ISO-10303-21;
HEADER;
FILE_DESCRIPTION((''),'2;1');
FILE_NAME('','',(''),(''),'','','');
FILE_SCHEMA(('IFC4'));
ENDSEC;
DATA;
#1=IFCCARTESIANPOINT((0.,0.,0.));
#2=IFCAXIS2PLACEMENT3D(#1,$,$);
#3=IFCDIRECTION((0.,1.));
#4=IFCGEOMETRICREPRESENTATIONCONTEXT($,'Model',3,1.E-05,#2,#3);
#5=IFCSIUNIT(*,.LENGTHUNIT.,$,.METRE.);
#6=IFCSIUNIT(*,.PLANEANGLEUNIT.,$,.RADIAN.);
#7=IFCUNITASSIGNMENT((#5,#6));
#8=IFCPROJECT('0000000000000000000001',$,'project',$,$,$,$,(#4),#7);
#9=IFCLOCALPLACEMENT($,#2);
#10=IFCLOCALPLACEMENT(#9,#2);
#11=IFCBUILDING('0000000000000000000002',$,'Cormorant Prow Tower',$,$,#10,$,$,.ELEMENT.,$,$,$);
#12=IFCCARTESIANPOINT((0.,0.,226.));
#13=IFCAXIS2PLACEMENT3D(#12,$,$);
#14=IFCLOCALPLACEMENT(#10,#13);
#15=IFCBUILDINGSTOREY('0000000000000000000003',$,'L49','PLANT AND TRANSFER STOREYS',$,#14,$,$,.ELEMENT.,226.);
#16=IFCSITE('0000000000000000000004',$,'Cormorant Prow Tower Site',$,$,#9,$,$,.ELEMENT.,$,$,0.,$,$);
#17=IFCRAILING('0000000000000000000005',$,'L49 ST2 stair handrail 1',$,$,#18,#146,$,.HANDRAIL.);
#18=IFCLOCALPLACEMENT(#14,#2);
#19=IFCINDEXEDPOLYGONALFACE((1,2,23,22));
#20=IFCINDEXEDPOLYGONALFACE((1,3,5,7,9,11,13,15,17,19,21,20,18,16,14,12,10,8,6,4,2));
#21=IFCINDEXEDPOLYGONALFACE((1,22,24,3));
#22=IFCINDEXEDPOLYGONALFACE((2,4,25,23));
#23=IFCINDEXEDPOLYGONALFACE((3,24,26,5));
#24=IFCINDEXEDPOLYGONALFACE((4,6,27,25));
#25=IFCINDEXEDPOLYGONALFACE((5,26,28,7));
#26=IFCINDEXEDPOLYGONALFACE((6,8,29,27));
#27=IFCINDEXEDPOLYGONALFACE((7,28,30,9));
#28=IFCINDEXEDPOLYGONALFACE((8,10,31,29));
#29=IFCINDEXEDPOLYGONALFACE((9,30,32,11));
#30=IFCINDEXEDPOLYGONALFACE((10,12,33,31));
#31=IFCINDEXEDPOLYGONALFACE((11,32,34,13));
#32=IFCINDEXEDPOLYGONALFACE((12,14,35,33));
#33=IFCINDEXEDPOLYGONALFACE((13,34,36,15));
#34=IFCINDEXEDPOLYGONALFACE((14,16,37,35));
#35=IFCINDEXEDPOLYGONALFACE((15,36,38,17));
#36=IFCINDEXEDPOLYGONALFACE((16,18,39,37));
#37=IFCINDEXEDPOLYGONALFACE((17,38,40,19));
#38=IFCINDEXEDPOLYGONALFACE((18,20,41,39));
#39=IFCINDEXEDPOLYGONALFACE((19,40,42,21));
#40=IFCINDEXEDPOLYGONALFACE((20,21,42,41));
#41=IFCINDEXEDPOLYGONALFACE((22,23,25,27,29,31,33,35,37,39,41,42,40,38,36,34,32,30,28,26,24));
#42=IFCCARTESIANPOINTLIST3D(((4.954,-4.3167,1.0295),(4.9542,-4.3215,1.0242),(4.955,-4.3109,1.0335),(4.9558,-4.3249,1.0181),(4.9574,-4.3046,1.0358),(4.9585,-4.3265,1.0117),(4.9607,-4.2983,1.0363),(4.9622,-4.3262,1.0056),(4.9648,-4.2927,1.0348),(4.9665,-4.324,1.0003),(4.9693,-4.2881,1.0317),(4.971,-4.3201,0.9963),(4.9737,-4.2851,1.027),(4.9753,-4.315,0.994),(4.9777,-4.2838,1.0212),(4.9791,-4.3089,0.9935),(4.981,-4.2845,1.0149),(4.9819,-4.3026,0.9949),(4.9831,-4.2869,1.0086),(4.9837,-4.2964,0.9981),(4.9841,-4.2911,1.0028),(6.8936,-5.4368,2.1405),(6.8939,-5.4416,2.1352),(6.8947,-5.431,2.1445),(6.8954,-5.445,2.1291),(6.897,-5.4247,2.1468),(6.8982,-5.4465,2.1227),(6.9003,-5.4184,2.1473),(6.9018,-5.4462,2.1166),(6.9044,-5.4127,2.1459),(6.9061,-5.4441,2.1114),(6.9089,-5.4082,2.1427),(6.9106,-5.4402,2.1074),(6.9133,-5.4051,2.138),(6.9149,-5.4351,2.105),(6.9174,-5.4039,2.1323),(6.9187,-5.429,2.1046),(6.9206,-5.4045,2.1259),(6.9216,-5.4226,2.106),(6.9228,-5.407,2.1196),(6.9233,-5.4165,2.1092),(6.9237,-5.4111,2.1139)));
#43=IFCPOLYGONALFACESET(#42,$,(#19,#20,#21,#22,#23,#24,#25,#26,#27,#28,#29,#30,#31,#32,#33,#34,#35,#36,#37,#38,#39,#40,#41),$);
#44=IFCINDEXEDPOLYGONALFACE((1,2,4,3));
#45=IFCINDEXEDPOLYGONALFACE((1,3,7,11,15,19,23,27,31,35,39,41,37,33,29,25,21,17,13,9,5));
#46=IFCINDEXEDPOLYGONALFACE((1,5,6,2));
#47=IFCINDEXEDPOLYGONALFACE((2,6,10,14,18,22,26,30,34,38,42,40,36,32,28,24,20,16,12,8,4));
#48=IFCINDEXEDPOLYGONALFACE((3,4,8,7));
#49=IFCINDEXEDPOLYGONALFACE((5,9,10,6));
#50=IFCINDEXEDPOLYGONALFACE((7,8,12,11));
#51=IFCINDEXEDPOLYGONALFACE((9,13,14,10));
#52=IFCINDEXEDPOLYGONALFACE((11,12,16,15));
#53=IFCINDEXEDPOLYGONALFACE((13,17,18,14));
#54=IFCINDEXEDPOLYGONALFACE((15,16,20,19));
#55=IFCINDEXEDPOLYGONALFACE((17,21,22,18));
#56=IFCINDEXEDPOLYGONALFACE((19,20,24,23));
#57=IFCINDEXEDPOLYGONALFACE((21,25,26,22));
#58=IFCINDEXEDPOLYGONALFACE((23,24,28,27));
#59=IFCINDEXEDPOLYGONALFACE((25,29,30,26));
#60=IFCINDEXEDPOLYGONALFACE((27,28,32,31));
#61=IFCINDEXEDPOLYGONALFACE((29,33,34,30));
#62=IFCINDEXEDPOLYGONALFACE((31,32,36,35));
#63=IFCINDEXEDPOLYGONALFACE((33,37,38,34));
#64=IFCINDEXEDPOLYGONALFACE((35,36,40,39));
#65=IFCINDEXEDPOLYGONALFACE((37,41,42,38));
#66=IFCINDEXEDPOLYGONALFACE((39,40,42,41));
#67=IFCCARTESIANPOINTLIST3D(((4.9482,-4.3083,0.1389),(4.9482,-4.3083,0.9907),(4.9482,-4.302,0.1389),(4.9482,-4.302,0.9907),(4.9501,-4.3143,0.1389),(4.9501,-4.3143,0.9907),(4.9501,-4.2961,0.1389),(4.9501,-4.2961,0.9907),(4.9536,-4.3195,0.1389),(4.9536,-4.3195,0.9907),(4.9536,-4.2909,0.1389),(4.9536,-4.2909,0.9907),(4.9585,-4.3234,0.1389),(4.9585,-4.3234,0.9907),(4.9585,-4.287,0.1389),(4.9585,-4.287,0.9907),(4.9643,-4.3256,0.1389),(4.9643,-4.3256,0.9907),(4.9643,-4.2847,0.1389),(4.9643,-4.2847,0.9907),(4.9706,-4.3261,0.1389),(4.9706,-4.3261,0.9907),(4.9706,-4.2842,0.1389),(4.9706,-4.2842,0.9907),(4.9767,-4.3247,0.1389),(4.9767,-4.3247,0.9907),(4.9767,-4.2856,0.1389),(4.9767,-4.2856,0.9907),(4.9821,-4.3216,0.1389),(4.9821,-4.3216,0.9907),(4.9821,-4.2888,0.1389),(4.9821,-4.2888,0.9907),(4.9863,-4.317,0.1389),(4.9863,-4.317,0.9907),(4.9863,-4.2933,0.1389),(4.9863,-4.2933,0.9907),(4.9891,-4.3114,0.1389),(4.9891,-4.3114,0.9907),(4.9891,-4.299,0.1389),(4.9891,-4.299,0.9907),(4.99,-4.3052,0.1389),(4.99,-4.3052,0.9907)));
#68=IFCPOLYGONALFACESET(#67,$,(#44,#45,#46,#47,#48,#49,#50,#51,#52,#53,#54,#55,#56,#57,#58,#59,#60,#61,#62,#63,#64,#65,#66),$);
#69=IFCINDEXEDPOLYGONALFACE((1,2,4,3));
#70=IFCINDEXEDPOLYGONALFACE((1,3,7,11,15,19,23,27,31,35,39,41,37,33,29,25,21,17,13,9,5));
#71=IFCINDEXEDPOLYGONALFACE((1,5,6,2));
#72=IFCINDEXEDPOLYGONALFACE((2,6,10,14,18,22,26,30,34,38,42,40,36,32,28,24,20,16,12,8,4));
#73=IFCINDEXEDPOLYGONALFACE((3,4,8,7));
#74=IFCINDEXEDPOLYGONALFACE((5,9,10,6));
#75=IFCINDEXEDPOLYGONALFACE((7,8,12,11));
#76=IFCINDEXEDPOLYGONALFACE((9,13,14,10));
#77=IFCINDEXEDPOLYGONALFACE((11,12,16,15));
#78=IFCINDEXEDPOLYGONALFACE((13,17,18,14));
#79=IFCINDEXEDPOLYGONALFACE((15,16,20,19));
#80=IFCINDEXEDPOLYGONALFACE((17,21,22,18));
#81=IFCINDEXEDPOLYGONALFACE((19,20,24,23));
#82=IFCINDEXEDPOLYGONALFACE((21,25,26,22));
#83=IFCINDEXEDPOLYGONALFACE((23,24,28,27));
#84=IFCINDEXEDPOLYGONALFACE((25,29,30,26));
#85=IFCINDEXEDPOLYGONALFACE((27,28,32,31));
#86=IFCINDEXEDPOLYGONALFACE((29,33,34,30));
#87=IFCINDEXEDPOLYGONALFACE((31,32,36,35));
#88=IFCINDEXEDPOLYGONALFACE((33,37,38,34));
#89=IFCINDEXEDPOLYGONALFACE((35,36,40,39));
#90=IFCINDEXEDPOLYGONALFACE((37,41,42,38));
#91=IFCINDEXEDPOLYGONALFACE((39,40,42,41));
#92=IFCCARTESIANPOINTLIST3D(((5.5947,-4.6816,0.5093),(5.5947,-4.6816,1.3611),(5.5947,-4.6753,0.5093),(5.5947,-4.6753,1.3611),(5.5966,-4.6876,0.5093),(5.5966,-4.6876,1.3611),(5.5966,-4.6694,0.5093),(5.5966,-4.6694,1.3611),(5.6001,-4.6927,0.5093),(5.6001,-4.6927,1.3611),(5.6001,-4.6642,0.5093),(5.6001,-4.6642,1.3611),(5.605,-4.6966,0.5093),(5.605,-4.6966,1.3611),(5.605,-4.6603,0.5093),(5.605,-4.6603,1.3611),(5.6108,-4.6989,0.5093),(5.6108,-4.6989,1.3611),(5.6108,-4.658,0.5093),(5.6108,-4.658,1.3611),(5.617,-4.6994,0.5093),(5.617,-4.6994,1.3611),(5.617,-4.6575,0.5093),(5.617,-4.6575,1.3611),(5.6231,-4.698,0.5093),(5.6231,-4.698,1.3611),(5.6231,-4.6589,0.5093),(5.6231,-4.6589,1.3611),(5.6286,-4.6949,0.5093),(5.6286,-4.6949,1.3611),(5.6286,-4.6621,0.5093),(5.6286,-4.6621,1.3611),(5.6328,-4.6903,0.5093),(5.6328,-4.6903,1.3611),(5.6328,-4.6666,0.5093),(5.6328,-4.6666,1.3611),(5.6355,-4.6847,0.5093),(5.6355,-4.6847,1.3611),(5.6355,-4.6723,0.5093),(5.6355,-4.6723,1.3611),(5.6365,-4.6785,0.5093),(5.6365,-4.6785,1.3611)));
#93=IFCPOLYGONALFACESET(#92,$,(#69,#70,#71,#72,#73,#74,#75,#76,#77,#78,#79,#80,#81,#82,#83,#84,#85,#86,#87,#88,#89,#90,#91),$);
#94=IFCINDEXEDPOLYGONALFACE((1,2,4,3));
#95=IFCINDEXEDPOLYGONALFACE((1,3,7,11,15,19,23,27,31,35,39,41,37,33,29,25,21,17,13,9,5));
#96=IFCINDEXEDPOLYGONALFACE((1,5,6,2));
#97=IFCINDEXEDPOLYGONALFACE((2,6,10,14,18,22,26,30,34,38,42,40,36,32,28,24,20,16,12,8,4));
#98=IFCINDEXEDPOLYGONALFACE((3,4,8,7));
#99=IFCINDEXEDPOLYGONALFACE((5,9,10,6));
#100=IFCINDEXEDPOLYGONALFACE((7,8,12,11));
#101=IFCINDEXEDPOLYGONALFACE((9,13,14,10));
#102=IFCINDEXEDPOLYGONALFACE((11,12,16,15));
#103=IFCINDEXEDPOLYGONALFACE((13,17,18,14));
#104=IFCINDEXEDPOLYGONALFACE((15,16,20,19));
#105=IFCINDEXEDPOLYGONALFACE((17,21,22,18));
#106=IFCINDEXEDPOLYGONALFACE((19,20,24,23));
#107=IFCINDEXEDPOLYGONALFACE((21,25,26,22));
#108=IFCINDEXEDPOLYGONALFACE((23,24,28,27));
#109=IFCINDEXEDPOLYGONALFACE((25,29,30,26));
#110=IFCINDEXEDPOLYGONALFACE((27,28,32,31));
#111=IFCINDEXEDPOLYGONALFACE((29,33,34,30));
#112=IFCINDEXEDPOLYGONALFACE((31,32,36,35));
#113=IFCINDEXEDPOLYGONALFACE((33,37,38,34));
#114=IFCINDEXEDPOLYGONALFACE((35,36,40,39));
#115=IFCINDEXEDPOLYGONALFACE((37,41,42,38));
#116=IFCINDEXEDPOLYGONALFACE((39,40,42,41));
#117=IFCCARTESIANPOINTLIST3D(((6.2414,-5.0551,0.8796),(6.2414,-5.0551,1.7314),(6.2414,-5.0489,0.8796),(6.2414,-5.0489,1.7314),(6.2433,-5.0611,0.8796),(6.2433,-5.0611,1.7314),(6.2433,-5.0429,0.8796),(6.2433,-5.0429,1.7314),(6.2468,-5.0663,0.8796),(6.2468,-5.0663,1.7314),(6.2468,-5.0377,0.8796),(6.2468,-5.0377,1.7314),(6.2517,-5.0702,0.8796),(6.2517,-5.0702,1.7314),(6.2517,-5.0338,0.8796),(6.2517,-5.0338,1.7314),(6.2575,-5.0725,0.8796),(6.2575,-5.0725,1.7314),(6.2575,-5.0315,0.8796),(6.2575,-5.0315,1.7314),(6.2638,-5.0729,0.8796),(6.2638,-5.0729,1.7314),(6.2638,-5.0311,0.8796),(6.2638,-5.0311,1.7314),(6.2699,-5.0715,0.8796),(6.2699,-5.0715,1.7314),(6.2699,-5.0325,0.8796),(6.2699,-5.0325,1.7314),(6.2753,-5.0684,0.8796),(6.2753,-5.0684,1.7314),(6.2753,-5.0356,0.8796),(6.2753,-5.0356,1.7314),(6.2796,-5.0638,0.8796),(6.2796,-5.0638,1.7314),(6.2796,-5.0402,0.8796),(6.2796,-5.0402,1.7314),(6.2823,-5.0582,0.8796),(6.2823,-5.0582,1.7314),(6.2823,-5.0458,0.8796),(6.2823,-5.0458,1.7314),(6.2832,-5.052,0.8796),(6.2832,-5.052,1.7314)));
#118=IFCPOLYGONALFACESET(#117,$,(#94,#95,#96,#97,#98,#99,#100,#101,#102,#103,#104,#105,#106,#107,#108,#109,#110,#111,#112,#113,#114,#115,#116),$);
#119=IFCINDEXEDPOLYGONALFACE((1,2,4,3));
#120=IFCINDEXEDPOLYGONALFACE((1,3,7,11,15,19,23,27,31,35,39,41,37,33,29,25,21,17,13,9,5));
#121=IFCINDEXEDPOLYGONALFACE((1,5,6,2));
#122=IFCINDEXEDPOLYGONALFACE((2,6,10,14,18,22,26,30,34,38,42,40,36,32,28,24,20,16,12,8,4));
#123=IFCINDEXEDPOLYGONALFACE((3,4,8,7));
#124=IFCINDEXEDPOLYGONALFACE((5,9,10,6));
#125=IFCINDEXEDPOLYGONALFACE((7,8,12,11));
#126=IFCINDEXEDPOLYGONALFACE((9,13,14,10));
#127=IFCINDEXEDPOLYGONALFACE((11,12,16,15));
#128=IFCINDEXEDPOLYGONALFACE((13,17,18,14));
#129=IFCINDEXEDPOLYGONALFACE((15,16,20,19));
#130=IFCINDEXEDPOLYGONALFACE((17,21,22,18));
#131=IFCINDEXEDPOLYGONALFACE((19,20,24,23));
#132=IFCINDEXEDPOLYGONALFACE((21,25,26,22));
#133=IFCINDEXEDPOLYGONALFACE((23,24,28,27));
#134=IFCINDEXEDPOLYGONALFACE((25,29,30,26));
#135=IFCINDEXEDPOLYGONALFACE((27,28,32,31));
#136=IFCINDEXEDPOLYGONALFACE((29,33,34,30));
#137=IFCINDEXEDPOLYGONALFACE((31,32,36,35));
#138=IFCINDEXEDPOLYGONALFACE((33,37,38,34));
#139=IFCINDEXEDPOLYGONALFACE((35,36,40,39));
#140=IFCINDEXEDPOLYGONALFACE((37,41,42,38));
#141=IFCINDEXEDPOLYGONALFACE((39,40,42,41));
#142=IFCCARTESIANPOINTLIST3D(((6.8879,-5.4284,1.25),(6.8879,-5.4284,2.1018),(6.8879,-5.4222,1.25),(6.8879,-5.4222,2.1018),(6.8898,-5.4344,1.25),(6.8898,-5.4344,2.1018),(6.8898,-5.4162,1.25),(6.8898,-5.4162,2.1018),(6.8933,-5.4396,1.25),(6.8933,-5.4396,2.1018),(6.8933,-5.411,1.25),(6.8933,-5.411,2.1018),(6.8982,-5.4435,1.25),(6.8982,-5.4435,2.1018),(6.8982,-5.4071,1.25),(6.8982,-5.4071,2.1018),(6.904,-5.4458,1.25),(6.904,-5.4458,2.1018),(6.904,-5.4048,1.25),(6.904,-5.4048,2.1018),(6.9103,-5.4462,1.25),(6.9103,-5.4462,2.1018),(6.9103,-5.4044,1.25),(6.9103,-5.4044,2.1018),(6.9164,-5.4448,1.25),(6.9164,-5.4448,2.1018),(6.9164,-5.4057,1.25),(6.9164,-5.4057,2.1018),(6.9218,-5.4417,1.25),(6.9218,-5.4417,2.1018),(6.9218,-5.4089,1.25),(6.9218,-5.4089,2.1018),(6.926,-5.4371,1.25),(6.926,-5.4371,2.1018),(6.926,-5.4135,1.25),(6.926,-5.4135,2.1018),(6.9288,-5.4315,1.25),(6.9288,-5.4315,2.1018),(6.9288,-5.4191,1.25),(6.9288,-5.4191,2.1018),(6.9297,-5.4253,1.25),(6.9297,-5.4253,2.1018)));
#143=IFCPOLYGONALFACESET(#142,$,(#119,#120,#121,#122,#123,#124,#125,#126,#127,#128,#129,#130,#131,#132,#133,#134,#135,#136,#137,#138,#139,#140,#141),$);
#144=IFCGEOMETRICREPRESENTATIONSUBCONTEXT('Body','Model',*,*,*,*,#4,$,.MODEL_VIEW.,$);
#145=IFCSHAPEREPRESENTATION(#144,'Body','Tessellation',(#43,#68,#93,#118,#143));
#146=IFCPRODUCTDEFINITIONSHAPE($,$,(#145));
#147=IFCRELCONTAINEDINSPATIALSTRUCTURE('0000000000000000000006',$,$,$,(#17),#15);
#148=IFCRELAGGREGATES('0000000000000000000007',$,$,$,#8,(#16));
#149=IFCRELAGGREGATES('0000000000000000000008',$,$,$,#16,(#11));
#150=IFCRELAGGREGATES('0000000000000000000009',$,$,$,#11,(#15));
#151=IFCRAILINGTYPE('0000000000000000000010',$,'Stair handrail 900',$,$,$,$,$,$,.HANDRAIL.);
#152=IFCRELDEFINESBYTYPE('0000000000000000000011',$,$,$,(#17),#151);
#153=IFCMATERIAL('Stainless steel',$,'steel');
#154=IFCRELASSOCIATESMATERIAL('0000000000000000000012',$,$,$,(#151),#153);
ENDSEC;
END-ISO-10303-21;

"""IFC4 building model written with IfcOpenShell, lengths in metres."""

from ifc_helpers import new_model, si_unit, direction, frame, origin, origin_2d, place, context, subcontext, project, spatial, circle, extrude, material, type_object, element, save


model = new_model("IFC4")

# Units and contexts
model_context = context("Model", 3, precision=1e-05, world=origin(), true_north=direction((0.0, 1.0)))
body_context = subcontext(model_context, "Body", "Model", "MODEL_VIEW")
ifc_project = project(units=[si_unit("LENGTHUNIT", "METRE"), si_unit("PLANEANGLEUNIT", "RADIAN")], contexts=[model_context])

# Site, building, storey
site_placement = place(None, origin())
site = spatial("IfcSite", under=ifc_project, at=site_placement, Name="Cormorant Prow Tower Site", CompositionType="ELEMENT", RefElevation=0.0)
building_placement = place(site_placement, origin())
building = spatial("IfcBuilding", under=site, at=building_placement, Name="Cormorant Prow Tower", CompositionType="ELEMENT")
storey_placement = place(building_placement, frame((0.0, 0.0, 226.0)))
storey = spatial("IfcBuildingStorey", under=building, at=storey_placement, Name="L49", Description="PLANT AND TRANSFER STOREYS", CompositionType="ELEMENT", Elevation=226.0)

# Railing
ifc_material_1 = material(Name="Stainless steel", Category="steel")
railing_type_1 = type_object("IfcRailingType", Name="Stair handrail 900", PredefinedType="HANDRAIL", material=ifc_material_1)
railing_1_placement = place(storey_placement, frame((4.969, -4.3052, 0.1389)))
element("IfcRailing", 1, at=railing_1_placement, inside=storey, type_object=railing_type_1, Name="L49 ST2 stair handrail 1", PredefinedType="HANDRAIL", context=body_context, shape_type="SweptSolid", body=[
    extrude(circle(Radius=0.0239, at=origin_2d()), frame((0.0, 0.0, 0.876), z_axis=(0.77578, -0.44799, 0.444377), x_axis=(0.500078, 0.86598, 0.0)), (0.0, 0.0, 1.0), 2.5002),
    extrude(circle(Radius=0.021, at=origin_2d()), origin(), (0.0, 0.0, 1.0), 0.8518),
    extrude(circle(Radius=0.021, at=origin_2d()), frame((0.6465, -0.3733, 0.3704)), (0.0, 0.0, 1.0), 0.8518),
    extrude(circle(Radius=0.021, at=origin_2d()), frame((1.2932, -0.7468, 0.7407)), (0.0, 0.0, 1.0), 0.8518),
    extrude(circle(Radius=0.021, at=origin_2d()), frame((1.9397, -1.1201, 1.1111)), (0.0, 0.0, 1.0), 0.8518),
])

save(model, "model.ifc")
